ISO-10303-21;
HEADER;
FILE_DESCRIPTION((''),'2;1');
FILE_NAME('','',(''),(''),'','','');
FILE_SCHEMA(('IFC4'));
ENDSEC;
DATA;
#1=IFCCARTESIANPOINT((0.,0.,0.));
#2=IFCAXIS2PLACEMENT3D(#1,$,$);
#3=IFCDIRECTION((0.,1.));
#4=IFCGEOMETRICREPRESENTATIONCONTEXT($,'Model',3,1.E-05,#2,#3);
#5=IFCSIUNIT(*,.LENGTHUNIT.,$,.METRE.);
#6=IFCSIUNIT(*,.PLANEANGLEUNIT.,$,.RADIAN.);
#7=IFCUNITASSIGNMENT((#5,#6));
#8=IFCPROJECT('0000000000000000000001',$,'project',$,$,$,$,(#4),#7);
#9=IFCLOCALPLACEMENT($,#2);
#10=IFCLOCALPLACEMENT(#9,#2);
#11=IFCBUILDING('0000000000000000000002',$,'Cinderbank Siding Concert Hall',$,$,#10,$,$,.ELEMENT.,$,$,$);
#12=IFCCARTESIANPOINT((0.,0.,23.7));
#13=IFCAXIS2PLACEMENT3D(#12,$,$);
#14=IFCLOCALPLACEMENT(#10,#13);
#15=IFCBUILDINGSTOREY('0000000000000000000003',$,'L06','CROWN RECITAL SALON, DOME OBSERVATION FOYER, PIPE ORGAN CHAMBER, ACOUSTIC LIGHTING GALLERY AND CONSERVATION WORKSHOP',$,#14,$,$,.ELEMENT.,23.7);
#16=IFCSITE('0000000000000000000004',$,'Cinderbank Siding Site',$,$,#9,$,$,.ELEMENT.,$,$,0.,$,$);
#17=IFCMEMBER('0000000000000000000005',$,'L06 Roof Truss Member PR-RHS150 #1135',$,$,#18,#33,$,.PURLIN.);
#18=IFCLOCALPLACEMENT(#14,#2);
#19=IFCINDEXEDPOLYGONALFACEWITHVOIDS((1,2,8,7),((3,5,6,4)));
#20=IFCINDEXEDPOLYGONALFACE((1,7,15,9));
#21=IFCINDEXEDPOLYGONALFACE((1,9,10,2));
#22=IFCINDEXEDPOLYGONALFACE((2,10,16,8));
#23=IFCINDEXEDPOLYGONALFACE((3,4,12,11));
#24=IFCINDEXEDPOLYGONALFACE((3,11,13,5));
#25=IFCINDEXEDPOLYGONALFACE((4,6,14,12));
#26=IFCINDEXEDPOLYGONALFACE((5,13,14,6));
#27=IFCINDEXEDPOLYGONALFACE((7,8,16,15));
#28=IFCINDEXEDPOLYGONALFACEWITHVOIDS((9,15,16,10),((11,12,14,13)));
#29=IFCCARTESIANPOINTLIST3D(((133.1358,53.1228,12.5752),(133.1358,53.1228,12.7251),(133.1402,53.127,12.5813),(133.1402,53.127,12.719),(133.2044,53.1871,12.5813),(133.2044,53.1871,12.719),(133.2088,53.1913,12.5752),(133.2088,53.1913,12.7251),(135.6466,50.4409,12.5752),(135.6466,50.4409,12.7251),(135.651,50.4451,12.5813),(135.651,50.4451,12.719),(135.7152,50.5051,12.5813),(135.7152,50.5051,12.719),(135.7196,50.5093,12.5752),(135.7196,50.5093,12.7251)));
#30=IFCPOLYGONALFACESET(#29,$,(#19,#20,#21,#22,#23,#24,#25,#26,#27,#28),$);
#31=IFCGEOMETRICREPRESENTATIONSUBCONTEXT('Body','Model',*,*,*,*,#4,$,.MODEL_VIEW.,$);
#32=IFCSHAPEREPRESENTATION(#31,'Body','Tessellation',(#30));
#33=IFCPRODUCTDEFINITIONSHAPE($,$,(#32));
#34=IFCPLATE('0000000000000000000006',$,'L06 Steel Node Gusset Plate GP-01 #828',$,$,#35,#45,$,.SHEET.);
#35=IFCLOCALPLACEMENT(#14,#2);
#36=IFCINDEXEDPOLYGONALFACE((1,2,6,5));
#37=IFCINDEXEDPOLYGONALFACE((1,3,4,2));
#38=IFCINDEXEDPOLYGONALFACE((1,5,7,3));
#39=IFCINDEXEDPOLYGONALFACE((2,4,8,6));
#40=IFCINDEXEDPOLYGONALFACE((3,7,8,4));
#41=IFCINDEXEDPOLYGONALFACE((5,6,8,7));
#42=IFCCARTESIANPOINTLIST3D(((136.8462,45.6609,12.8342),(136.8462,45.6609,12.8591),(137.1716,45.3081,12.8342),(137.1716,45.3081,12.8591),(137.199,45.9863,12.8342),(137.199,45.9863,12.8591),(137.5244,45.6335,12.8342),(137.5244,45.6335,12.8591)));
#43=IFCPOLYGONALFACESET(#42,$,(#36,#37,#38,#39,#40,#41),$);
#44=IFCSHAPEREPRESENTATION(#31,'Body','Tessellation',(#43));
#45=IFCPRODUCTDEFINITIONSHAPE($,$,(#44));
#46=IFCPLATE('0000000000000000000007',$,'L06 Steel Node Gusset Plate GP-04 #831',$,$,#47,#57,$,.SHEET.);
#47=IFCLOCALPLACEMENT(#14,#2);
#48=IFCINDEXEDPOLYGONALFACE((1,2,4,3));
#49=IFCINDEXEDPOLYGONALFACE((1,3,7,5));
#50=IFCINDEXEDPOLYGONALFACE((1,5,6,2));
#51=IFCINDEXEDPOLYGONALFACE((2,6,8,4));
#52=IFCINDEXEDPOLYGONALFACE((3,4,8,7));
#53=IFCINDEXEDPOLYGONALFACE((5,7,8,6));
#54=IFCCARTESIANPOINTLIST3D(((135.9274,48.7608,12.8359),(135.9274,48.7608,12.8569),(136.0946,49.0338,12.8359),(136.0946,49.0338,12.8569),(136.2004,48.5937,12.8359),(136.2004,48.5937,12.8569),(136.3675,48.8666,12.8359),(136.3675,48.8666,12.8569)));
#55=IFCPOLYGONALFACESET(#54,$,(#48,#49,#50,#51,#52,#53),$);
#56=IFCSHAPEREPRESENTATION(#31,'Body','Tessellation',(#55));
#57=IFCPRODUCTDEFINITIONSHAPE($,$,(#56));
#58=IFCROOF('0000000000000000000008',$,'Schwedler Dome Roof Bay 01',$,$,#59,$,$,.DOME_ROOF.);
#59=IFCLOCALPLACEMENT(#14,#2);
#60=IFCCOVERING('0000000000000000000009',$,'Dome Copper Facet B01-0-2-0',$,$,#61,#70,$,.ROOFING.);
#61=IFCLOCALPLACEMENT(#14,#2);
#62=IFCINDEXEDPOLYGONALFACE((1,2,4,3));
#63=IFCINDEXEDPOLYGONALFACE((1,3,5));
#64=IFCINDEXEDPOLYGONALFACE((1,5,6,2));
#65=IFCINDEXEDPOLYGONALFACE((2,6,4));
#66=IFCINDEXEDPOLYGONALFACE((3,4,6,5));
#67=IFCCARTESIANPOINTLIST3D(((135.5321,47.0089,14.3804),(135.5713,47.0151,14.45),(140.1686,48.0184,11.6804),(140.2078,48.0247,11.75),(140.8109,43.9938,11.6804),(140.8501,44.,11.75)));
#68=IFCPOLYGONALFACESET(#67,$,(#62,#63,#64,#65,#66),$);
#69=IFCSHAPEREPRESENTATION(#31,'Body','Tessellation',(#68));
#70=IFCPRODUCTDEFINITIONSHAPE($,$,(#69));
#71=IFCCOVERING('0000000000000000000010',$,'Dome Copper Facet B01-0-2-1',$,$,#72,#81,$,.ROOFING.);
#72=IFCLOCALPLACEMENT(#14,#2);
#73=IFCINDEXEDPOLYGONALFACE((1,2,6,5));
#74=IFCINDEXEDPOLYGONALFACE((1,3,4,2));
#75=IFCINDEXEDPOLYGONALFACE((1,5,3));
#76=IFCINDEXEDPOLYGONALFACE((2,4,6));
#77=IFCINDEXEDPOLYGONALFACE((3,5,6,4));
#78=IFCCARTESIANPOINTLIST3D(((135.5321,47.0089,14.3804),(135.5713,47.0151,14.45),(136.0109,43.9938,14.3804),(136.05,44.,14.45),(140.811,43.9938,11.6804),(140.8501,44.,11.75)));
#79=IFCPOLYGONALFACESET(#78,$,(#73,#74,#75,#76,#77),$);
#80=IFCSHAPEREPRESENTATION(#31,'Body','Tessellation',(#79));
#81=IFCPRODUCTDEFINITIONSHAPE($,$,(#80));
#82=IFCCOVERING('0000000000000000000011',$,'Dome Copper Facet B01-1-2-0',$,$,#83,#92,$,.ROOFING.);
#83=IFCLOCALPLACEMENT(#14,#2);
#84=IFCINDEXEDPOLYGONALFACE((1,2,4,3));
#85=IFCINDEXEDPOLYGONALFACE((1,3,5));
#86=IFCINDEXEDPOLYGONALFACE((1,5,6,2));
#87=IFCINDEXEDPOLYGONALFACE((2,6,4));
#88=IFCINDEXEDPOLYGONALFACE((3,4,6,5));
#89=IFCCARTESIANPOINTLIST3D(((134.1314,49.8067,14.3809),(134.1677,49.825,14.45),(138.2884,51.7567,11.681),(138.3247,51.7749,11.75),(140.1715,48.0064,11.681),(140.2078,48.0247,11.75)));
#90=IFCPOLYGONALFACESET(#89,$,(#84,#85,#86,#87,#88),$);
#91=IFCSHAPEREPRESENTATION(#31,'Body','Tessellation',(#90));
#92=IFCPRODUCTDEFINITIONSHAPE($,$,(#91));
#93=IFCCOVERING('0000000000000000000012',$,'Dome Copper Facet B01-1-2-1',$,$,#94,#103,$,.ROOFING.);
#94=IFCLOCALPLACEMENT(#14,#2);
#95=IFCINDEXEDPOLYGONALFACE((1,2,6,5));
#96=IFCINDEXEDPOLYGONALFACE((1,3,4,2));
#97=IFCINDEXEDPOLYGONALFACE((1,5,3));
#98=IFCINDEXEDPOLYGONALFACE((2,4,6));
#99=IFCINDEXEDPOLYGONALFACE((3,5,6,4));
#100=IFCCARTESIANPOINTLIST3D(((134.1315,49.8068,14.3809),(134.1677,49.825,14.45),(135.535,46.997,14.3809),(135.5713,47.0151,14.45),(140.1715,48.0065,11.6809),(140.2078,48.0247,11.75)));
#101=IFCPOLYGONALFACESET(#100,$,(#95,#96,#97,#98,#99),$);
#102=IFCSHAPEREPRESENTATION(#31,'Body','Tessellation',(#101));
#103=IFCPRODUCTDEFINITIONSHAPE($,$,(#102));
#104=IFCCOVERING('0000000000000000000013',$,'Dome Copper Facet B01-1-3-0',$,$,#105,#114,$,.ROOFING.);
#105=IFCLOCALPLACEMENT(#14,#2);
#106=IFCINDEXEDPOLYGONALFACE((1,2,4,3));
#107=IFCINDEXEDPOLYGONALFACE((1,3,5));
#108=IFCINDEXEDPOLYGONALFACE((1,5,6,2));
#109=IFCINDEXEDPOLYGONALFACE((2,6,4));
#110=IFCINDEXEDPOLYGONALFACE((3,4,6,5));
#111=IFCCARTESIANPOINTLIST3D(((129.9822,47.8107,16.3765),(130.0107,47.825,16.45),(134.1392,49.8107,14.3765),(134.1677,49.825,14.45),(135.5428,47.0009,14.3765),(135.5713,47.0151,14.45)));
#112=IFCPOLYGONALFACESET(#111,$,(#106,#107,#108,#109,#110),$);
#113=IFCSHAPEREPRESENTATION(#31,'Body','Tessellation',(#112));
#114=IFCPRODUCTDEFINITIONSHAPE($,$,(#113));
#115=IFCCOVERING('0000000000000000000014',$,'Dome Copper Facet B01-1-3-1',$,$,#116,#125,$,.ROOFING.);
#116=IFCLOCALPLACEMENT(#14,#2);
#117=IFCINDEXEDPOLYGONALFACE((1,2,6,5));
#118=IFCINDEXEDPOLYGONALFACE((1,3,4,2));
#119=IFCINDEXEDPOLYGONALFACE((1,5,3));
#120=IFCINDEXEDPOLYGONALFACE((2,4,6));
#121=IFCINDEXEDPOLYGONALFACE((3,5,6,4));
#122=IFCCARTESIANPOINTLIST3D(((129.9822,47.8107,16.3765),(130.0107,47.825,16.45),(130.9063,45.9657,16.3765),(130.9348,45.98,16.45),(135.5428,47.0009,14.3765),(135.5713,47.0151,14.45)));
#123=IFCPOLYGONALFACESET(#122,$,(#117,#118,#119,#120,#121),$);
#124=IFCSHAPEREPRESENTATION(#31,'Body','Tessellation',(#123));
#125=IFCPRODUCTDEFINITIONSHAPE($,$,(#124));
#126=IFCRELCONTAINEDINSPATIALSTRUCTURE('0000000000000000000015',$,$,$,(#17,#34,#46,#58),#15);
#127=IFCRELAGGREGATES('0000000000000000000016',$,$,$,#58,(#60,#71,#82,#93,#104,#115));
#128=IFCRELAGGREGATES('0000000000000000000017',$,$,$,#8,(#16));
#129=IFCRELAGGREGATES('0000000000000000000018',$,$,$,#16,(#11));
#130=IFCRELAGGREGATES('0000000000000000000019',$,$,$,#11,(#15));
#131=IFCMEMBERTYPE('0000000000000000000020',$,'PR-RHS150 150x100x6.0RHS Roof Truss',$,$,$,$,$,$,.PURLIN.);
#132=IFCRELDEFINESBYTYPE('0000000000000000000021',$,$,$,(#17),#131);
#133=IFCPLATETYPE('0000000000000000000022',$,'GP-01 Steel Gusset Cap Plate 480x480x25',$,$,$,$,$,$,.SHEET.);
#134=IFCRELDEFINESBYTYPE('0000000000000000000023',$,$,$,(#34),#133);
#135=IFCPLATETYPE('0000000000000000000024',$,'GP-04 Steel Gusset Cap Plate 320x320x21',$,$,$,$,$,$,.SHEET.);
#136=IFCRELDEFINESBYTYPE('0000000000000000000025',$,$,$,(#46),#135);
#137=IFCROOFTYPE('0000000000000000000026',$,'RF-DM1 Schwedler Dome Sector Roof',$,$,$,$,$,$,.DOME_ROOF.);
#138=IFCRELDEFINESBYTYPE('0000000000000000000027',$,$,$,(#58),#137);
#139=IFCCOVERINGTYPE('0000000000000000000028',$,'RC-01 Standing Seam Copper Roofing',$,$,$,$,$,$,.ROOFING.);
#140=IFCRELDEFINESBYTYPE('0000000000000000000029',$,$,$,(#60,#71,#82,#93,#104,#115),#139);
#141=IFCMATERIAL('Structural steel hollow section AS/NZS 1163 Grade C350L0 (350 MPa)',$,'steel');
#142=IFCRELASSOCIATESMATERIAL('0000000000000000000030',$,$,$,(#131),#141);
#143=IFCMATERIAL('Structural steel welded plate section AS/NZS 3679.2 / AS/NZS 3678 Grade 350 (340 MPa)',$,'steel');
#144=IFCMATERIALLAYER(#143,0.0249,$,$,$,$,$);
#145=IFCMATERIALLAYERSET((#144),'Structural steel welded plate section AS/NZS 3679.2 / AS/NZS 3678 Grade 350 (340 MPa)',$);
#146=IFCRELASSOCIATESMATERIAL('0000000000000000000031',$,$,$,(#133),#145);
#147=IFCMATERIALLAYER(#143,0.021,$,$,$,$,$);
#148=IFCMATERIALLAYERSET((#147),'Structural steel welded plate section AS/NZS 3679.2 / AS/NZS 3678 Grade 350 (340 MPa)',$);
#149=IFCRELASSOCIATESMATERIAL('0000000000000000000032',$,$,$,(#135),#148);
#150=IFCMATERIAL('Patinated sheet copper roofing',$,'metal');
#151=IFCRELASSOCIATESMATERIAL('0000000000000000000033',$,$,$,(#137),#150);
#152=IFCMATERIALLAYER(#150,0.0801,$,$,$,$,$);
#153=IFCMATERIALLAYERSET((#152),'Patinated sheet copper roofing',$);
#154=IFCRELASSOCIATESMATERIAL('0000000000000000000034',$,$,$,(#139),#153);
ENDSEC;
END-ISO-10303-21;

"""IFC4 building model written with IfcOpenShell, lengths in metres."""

from ifc_helpers import new_model, si_unit, direction, frame, origin, origin_2d, place, context, subcontext, project, spatial, polyline, rectangle, hollow_rectangle, outline, extrude, material, layer, layer_set, material_profile, profile_set, type_object, element, aggregate, save


model = new_model("IFC4")

# Units and contexts
model_context = context("Model", 3, precision=1e-05, world=origin(), true_north=direction((0.0, 1.0)))
body_context = subcontext(model_context, "Body", "Model", "MODEL_VIEW")
ifc_project = project(units=[si_unit("LENGTHUNIT", "METRE"), si_unit("PLANEANGLEUNIT", "RADIAN")], contexts=[model_context])

# Site, building, storey
site_placement = place(None, origin())
site = spatial("IfcSite", under=ifc_project, at=site_placement, Name="Cinderbank Siding Site", CompositionType="ELEMENT", RefElevation=0.0)
building_placement = place(site_placement, origin())
building = spatial("IfcBuilding", under=site, at=building_placement, Name="Cinderbank Siding Concert Hall", CompositionType="ELEMENT")
storey_placement = place(building_placement, frame((0.0, 0.0, 23.7)))
storey = spatial("IfcBuildingStorey", under=building, at=storey_placement, Name="L06", Description="CROWN RECITAL SALON, DOME OBSERVATION FOYER, PIPE ORGAN CHAMBER, ACOUSTIC LIGHTING GALLERY AND CONSERVATION WORKSHOP", CompositionType="ELEMENT", Elevation=23.7)

# Member
ifc_material_1 = material(Name="Structural steel hollow section AS/NZS 1163 Grade C350L0 (350 MPa)", Category="steel")
ifc_material_profile_1 = material_profile(ifc_material_1, hollow_rectangle(XDim=0.1001, YDim=0.1499, WallThickness=0.0061, at=origin_2d()), Name="150x100x6.0RHS", Category="LoadBearing")
ifc_profile_set_1 = profile_set([ifc_material_profile_1], Name="Structural steel hollow section AS/NZS 1163 Grade C350L0 (350 MPa)")
member_type_1 = type_object("IfcMemberType", Name="PR-RHS150 150x100x6.0RHS Roof Truss", PredefinedType="PURLIN", material=ifc_profile_set_1)
member_1_placement = place(storey_placement, frame((135.6831, 50.4751, 12.6501), z_axis=(-0.68343, 0.730016, 0.0), x_axis=(-0.730016, -0.68343, 0.0)))
element("IfcMember", 1, at=member_1_placement, inside=storey, type_object=member_type_1, Name="L06 Roof Truss Member PR-RHS150 #1135", PredefinedType="PURLIN", context=body_context, shape_type="SweptSolid", body=[
    extrude(hollow_rectangle(XDim=0.1001, YDim=0.1499, WallThickness=0.0061, at=origin_2d()), origin(), (0.0, 0.0, 1.0), 3.6738),
])

# Plates
ifc_material_2 = material(Name="Structural steel welded plate section AS/NZS 3679.2 / AS/NZS 3678 Grade 350 (340 MPa)", Category="steel")
ifc_layer_1 = layer(ifc_material_2, 0.0249)
ifc_layer_set_1 = layer_set([ifc_layer_1], Name="Structural steel welded plate section AS/NZS 3679.2 / AS/NZS 3678 Grade 350 (340 MPa)")
plate_type_1 = type_object("IfcPlateType", Name="GP-01 Steel Gusset Cap Plate 480x480x25", PredefinedType="SHEET", material=ifc_layer_set_1)
plate_1_placement = place(storey_placement, frame((137.1853, 45.6472, 12.8342), z_axis=(0.0, 0.0, 1.0), x_axis=(-0.735033, -0.678031, 0.0)))
element("IfcPlate", 2, at=plate_1_placement, inside=storey, type_object=plate_type_1, Name="L06 Steel Node Gusset Plate GP-01 #828", PredefinedType="SHEET", context=body_context, shape_type="SweptSolid", body=[
    extrude(rectangle(XDim=0.48, YDim=0.48, at=origin_2d()), origin(), (0.0, 0.0, 1.0), 0.0249),
])
ifc_layer_2 = layer(ifc_material_2, 0.021)
ifc_layer_set_2 = layer_set([ifc_layer_2], Name="Structural steel welded plate section AS/NZS 3679.2 / AS/NZS 3678 Grade 350 (340 MPa)")
plate_type_2 = type_object("IfcPlateType", Name="GP-04 Steel Gusset Cap Plate 320x320x21", PredefinedType="SHEET", material=ifc_layer_set_2)
plate_2_placement = place(storey_placement, frame((136.1475, 48.8137, 12.8359), z_axis=(0.0, 0.0, 1.0), x_axis=(-0.522201, -0.852822, 0.0)))
element("IfcPlate", 3, at=plate_2_placement, inside=storey, type_object=plate_type_2, Name="L06 Steel Node Gusset Plate GP-04 #831", PredefinedType="SHEET", context=body_context, shape_type="SweptSolid", body=[
    extrude(rectangle(XDim=0.3201, YDim=0.3201, at=origin_2d()), origin(), (0.0, 0.0, 1.0), 0.021),
])

# Roof, coverings
ifc_material_3 = material(Name="Patinated sheet copper roofing", Category="metal")
roof_type = type_object("IfcRoofType", Name="RF-DM1 Schwedler Dome Sector Roof", PredefinedType="DOME_ROOF", material=ifc_material_3)
roof_placement = place(storey_placement, origin())
roof = element("IfcRoof", 4, at=roof_placement, inside=storey, type_object=roof_type, Name="Schwedler Dome Roof Bay 01", PredefinedType="DOME_ROOF")
ifc_layer_3 = layer(ifc_material_3, 0.0801)
ifc_layer_set_3 = layer_set([ifc_layer_3], Name="Patinated sheet copper roofing")
covering_type = type_object("IfcCoveringType", Name="RC-01 Standing Seam Copper Roofing", PredefinedType="ROOFING", material=ifc_layer_set_3)
covering_1_placement = place(storey_placement, frame((140.8501, 44.0, 11.75), z_axis=(0.488946, 0.078036, 0.868817), x_axis=(-0.157605, 0.987502, 0.0)))
covering_1 = element("IfcCovering", 5, at=covering_1_placement, type_object=covering_type, Name="Dome Copper Facet B01-0-2-0", PredefinedType="ROOFING", context=body_context, shape_type="SweptSolid", body=[
    extrude(outline(polyline([(0.0, 0.0), (4.0756, 0.0), (3.8094, 5.453), (0.0, 0.0)])), origin(), (0.0, 0.0, -1.0), 0.0801),
])
covering_2_placement = place(storey_placement, frame((140.8501, 44.0, 11.75), z_axis=(0.488772, 0.07761, 0.868953), x_axis=(-0.79359, 0.45328, 0.405897)))
covering_2 = element("IfcCovering", 6, at=covering_2_placement, type_object=covering_type, Name="Dome Copper Facet B01-0-2-1", PredefinedType="ROOFING", context=body_context, shape_type="SweptSolid", body=[
    extrude(outline(polyline([(0.0, 0.0), (6.6518, 0.0), (4.9052, 2.5039), (0.0, 0.0)])), origin(), (0.0, 0.0, -1.0), 0.0801),
])
covering_3_placement = place(storey_placement, frame((140.2078, 48.0247, 11.75), z_axis=(0.453105, 0.227511, 0.861936), x_axis=(-0.448726, 0.89367, 0.0)))
covering_3 = element("IfcCovering", 7, at=covering_3_placement, type_object=covering_type, Name="Dome Copper Facet B01-1-2-0", PredefinedType="ROOFING", context=body_context, shape_type="SweptSolid", body=[
    extrude(outline(polyline([(0.0, 0.0), (4.1965, 0.0), (4.3192, 5.3252), (0.0, 0.0)])), origin(), (0.0, 0.0, -1.0), 0.0801),
])
covering_4_placement = place(storey_placement, frame((140.2078, 48.0247, 11.75), z_axis=(0.45292, 0.226244, 0.862367), x_axis=(-0.88091, 0.262564, 0.393774)))
covering_4 = element("IfcCovering", 8, at=covering_4_placement, type_object=covering_type, Name="Dome Copper Facet B01-1-2-1", PredefinedType="ROOFING", context=body_context, shape_type="SweptSolid", body=[
    extrude(outline(polyline([(0.0, 0.0), (6.8566, 0.0), (4.8824, 2.4429), (0.0, 0.0)])), origin(), (0.0, 0.0, -1.0), 0.0801),
])
covering_5_placement = place(storey_placement, frame((135.5713, 47.0151, 14.45), z_axis=(0.355881, 0.177771, 0.917467), x_axis=(-0.446872, 0.894598, 0.0)))
covering_5 = element("IfcCovering", 9, at=covering_5_placement, type_object=covering_type, Name="Dome Copper Facet B01-1-3-0", PredefinedType="ROOFING", context=body_context, shape_type="SweptSolid", body=[
    extrude(outline(polyline([(0.0, 0.0), (3.1409, 0.0), (3.2093, 5.0275), (0.0, 0.0)])), origin(), (0.0, 0.0, -1.0), 0.0801),
])
covering_6_placement = place(storey_placement, frame((135.5713, 47.0151, 14.45), z_axis=(0.355914, 0.178263, 0.917359), x_axis=(-0.932271, 0.135772, 0.335316)))
covering_6 = element("IfcCovering", 10, at=covering_6_placement, type_object=covering_type, Name="Dome Copper Facet B01-1-3-1", PredefinedType="ROOFING", context=body_context, shape_type="SweptSolid", body=[
    extrude(outline(polyline([(0.0, 0.0), (5.9645, 0.0), (4.8525, 1.7382), (0.0, 0.0)])), origin(), (0.0, 0.0, -1.0), 0.0801),
])
aggregate(roof, [covering_1, covering_2, covering_3, covering_4, covering_5, covering_6])

save(model, "model.ifc")
